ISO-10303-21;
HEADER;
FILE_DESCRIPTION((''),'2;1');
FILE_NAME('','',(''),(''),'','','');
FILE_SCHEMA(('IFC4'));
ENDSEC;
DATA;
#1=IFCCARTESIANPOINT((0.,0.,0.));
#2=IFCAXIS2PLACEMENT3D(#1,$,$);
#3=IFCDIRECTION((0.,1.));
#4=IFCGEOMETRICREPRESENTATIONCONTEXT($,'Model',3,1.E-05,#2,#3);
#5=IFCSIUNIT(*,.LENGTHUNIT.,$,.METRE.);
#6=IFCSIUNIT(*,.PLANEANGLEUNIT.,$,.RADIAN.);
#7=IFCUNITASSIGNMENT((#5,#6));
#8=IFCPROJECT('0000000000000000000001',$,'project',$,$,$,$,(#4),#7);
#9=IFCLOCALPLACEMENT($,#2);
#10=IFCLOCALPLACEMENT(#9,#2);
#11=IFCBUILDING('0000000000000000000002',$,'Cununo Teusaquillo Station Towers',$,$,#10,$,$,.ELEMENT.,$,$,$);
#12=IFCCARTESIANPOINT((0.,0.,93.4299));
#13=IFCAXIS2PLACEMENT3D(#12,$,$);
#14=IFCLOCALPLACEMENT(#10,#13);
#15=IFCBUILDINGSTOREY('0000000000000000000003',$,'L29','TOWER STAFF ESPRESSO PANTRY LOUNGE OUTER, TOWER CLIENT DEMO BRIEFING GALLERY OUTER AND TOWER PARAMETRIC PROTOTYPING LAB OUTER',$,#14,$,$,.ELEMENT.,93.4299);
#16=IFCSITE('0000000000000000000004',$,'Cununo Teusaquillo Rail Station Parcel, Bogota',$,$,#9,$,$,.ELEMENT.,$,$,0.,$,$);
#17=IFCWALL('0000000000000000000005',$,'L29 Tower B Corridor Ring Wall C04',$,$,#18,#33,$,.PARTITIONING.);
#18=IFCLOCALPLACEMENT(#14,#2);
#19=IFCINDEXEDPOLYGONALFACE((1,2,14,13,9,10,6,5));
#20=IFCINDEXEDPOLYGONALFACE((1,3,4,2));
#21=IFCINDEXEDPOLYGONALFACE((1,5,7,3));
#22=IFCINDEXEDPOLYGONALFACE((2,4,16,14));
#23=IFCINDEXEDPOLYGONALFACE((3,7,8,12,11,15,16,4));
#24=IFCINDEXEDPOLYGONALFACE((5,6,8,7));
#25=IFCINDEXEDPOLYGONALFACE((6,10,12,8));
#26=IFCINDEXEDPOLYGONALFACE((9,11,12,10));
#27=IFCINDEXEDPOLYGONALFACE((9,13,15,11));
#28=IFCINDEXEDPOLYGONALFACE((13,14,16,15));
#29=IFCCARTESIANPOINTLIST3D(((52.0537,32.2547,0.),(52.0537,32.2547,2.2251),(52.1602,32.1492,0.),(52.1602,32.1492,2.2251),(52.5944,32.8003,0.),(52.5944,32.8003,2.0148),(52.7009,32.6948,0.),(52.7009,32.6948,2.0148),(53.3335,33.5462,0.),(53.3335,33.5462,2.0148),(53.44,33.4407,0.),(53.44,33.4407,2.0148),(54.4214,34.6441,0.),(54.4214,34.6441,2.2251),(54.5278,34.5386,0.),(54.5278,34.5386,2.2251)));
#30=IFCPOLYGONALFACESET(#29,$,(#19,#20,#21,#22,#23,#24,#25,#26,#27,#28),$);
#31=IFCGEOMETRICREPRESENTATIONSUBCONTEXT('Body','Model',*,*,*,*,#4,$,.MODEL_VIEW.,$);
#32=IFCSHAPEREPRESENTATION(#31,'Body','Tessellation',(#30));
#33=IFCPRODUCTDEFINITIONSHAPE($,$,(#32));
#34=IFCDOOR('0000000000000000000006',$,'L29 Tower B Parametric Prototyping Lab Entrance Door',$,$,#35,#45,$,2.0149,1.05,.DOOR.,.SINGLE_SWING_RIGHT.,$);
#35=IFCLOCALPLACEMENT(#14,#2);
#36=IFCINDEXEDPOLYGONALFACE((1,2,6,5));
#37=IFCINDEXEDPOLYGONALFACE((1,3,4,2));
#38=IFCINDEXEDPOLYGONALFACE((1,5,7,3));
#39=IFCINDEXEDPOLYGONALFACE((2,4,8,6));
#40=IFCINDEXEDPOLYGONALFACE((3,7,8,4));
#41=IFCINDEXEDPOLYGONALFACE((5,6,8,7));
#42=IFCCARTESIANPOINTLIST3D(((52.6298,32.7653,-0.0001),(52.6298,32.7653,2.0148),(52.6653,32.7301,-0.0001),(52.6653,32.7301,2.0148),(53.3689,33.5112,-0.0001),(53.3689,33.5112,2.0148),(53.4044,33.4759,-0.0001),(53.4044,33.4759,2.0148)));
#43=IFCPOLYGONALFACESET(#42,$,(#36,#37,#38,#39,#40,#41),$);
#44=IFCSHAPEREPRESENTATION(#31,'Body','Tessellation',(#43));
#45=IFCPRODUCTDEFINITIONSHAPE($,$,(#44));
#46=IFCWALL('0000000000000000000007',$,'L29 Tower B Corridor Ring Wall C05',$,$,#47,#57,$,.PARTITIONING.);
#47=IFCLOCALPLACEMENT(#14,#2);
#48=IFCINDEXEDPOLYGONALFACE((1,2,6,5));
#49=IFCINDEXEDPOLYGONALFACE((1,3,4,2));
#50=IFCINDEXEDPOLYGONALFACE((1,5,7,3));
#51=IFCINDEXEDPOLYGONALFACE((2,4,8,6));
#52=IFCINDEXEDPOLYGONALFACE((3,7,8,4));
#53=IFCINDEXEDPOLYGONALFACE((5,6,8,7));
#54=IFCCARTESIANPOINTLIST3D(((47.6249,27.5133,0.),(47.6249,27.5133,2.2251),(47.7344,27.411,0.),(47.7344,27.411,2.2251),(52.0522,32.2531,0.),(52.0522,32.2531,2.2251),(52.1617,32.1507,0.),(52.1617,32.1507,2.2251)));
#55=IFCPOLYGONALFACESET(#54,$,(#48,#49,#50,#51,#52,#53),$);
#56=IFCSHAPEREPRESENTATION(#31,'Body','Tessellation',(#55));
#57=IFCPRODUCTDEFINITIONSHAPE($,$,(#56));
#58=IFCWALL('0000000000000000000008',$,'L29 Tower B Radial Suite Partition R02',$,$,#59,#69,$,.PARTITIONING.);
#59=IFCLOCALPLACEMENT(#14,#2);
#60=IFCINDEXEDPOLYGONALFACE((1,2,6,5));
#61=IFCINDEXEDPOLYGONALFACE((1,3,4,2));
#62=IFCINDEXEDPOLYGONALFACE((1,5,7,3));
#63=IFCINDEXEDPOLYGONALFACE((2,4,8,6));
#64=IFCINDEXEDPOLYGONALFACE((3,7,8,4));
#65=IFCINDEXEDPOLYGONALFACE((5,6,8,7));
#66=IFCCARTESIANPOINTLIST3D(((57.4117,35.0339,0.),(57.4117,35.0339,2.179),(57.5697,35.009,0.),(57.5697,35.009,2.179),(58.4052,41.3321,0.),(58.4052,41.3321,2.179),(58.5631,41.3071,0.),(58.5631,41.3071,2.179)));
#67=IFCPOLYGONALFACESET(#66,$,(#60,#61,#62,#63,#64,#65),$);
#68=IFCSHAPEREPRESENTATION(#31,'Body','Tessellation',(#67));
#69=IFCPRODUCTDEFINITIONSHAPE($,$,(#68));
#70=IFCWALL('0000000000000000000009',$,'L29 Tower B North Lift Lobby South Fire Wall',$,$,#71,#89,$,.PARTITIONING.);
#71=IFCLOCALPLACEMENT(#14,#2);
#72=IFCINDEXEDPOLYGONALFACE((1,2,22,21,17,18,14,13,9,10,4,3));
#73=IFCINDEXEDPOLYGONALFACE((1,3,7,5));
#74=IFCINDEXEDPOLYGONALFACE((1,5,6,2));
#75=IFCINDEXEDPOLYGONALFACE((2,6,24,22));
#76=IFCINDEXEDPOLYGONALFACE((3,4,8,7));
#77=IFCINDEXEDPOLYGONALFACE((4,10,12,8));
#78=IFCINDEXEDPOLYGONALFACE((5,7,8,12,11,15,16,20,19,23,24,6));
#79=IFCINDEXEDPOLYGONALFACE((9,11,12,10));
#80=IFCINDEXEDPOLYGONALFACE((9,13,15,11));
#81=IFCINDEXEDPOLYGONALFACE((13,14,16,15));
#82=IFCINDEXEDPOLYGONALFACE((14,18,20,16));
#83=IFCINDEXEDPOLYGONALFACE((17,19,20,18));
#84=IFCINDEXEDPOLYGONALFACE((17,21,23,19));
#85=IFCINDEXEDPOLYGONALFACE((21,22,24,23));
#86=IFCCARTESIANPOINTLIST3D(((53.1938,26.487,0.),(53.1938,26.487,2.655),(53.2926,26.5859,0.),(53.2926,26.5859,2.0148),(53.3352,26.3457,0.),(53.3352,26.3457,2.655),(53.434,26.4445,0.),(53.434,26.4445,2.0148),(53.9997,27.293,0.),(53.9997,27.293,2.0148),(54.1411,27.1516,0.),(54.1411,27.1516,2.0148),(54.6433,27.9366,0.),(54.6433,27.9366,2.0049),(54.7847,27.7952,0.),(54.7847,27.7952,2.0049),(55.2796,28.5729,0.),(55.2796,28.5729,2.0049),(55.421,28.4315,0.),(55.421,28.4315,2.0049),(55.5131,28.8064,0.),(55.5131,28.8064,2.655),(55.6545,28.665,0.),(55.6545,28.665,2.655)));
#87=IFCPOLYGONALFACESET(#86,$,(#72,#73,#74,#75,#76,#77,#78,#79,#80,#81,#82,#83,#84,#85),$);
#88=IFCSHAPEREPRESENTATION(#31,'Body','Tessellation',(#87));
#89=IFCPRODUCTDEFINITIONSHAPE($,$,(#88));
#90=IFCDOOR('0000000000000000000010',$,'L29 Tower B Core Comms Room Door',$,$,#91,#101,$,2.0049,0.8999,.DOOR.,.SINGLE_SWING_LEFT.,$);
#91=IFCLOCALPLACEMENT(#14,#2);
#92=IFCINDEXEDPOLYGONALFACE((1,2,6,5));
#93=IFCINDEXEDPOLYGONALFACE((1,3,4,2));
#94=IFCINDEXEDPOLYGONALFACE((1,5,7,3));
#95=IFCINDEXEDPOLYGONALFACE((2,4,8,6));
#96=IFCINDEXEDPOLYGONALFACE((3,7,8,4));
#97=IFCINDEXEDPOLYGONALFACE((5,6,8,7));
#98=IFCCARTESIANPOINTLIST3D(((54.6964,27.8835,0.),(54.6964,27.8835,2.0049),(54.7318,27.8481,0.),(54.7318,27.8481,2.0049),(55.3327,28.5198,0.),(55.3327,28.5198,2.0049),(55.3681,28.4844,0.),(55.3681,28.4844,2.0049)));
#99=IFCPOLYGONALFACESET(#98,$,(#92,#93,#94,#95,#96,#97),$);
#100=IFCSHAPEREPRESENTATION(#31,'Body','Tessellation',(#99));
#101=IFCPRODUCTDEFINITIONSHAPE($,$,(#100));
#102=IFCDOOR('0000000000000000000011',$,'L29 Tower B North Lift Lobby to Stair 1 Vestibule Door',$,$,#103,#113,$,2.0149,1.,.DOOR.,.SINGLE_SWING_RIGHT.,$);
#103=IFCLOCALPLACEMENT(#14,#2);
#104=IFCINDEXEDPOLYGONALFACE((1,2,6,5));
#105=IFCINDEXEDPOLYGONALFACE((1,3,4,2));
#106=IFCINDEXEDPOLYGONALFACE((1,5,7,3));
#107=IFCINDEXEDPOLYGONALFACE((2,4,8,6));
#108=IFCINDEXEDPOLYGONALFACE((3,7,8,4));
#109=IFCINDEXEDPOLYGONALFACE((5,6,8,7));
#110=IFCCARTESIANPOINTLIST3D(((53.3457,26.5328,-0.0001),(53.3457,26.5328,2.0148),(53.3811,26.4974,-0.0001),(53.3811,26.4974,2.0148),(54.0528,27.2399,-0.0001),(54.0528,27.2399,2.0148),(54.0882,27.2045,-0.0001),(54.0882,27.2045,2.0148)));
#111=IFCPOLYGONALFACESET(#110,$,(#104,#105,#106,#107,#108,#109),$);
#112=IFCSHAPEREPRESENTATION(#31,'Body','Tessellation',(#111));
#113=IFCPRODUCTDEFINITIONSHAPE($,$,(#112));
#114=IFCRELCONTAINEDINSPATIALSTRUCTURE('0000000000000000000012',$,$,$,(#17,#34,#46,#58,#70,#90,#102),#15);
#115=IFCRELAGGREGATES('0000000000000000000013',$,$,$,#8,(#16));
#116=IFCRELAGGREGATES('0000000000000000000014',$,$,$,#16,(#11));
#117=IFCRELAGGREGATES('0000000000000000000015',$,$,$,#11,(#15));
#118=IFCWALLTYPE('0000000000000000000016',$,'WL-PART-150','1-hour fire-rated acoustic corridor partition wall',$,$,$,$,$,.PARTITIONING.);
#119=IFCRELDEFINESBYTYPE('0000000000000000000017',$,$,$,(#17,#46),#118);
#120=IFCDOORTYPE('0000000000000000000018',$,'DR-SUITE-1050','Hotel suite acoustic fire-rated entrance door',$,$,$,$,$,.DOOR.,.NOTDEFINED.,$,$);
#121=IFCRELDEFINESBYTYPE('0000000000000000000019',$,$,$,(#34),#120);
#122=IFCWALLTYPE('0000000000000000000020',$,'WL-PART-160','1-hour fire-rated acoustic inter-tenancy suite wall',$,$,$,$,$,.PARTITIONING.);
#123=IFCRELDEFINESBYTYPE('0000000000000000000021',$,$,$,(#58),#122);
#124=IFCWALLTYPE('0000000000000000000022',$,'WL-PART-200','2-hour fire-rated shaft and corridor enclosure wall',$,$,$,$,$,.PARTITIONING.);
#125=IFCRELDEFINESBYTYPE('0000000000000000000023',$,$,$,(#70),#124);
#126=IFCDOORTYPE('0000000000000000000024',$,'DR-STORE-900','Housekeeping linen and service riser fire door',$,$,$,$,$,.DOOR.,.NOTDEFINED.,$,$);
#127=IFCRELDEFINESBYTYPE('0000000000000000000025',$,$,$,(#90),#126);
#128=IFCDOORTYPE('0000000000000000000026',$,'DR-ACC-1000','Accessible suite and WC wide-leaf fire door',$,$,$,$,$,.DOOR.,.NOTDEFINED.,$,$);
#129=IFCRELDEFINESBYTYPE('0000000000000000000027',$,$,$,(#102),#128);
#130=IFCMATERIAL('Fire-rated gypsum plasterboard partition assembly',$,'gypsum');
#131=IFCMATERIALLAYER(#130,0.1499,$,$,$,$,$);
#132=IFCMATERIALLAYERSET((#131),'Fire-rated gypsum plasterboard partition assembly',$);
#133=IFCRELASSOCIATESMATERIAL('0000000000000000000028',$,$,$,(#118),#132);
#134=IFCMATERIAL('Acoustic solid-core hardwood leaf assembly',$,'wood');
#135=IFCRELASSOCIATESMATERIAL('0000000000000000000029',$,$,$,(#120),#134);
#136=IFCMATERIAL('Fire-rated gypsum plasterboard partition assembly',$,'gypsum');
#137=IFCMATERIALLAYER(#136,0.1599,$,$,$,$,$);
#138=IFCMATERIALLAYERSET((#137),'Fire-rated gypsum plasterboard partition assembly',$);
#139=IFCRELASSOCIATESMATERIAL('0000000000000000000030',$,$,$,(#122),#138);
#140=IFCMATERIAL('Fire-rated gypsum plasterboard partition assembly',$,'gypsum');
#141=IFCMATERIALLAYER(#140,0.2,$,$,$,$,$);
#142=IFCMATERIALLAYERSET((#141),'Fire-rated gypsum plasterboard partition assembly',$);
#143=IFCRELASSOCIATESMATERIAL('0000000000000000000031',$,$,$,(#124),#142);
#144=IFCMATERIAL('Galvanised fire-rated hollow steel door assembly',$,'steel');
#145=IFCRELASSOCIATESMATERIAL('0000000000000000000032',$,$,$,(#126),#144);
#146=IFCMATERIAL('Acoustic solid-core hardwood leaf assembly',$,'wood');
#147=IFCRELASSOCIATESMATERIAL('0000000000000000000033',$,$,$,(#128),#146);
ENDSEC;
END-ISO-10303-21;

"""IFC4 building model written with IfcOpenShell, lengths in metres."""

from ifc_helpers import new_model, si_unit, direction, frame, frame_2d, origin, place, context, subcontext, project, spatial, rectangle, extrude, source, transform, mapped, material, layer, layer_set, type_object, element, fill, save


model = new_model("IFC4")

# Units and contexts
model_context = context("Model", 3, precision=1e-05, world=origin(), true_north=direction((0.0, 1.0)))
body_context = subcontext(model_context, "Body", "Model", "MODEL_VIEW")
ifc_project = project(units=[si_unit("LENGTHUNIT", "METRE"), si_unit("PLANEANGLEUNIT", "RADIAN")], contexts=[model_context])

# Site, building, storey
site_placement = place(None, origin())
site = spatial("IfcSite", under=ifc_project, at=site_placement, Name="Cununo Teusaquillo Rail Station Parcel, Bogota", CompositionType="ELEMENT", RefElevation=0.0)
building_placement = place(site_placement, origin())
building = spatial("IfcBuilding", under=site, at=building_placement, Name="Cununo Teusaquillo Station Towers", CompositionType="ELEMENT")
storey_placement = place(building_placement, frame((0.0, 0.0, 93.4299)))
storey = spatial("IfcBuildingStorey", under=building, at=storey_placement, Name="L29", Description="TOWER STAFF ESPRESSO PANTRY LOUNGE OUTER, TOWER CLIENT DEMO BRIEFING GALLERY OUTER AND TOWER PARAMETRIC PROTOTYPING LAB OUTER", CompositionType="ELEMENT", Elevation=93.4299)

# Shared definitions
shared_shape_1 = source(origin(), body_context, "Body", "SweptSolid", [
    extrude(rectangle(XDim=0.8999, YDim=2.0049, at=frame_2d((0.45, 1.0024))), frame((0.0, 0.0249, 0.0), z_axis=(0.0, -1.0, 0.0), x_axis=(1.0, 0.0, 0.0)), (0.0, 0.0, 1.0), 0.05),
])

# Shared definitions
ifc_material_1 = material(Name="Fire-rated gypsum plasterboard partition assembly", Category="gypsum")
ifc_layer_1 = layer(ifc_material_1, 0.1499)
ifc_layer_set_1 = layer_set([ifc_layer_1], Name="Fire-rated gypsum plasterboard partition assembly")
wall_type_1 = type_object("IfcWallType", Name="WL-PART-150", Description="1-hour fire-rated acoustic corridor partition wall", PredefinedType="PARTITIONING", material=ifc_layer_set_1)

# Wall, opening, door
wall_1_placement = place(storey_placement, frame((54.4746, 34.5913, 0.0), z_axis=(0.0, 0.0, 1.0), x_axis=(-0.70387, -0.710329, 0.0)))
wall_1 = element("IfcWall", 1, at=wall_1_placement, inside=storey, type_object=wall_type_1, Name="L29 Tower B Corridor Ring Wall C04", PredefinedType="PARTITIONING", context=body_context, shape_type="SweptSolid", body=[
    extrude(rectangle(XDim=3.3638, YDim=0.1499, at=frame_2d((1.6819, 0.0))), origin(), (0.0, 0.0, 1.0), 2.2251),
])
shared_shape_2 = source(origin(), body_context, "Body", "SweptSolid", [
    extrude(rectangle(XDim=1.05, YDim=2.0149, at=frame_2d((0.5249, 1.0073))), frame((0.0, 0.085, 0.0), z_axis=(0.0, -1.0, 0.0), x_axis=(1.0, 0.0, 0.0)), (0.0, 0.0, 1.0), 0.1699),
])
opening_1_placement = place(wall_1_placement, frame((1.5457, 0.0, 0.0)))
opening_1 = element("IfcOpeningElement", 2, at=opening_1_placement, cuts=wall_1, PredefinedType="OPENING", context=body_context, shape_type="MappedRepresentation", body=[
    mapped(shared_shape_2, transform((0.0, 0.0, 0.0), x_axis=(1.0, 0.0, 0.0), y_axis=(0.0, 1.0, 0.0), z_axis=(0.0, 0.0, 1.0), scale=1.0)),
])
ifc_material_2 = material(Name="Acoustic solid-core hardwood leaf assembly", Category="wood")
door_type_1 = type_object("IfcDoorType", Name="DR-SUITE-1050", Description="Hotel suite acoustic fire-rated entrance door", OperationType="NOTDEFINED", PredefinedType="DOOR", material=ifc_material_2)
shared_shape_3 = source(origin(), body_context, "Body", "SweptSolid", [
    extrude(rectangle(XDim=1.05, YDim=2.0149, at=frame_2d((0.5249, 1.0073))), frame((0.0, 0.0249, 0.0), z_axis=(0.0, -1.0, 0.0), x_axis=(1.0, 0.0, 0.0)), (0.0, 0.0, 1.0), 0.05),
])
door_1_placement = place(opening_1_placement, origin())
door_1 = element("IfcDoor", 3, at=door_1_placement, inside=storey, type_object=door_type_1, Name="L29 Tower B Parametric Prototyping Lab Entrance Door", OperationType="SINGLE_SWING_RIGHT", OverallHeight=2.0149, OverallWidth=1.05, PredefinedType="DOOR", context=body_context, shape_type="MappedRepresentation", body=[
    mapped(shared_shape_3, transform((0.0, 0.0, 0.0), x_axis=(1.0, 0.0, 0.0), y_axis=(0.0, 1.0, 0.0), z_axis=(0.0, 0.0, 1.0), scale=1.0)),
])
fill(opening_1, door_1)

# Walls
wall_2_placement = place(storey_placement, frame((52.1069, 32.2019, 0.0), z_axis=(0.0, 0.0, 1.0), x_axis=(-0.682605, -0.730787, 0.0)))
element("IfcWall", 4, at=wall_2_placement, inside=storey, type_object=wall_type_1, Name="L29 Tower B Corridor Ring Wall C05", PredefinedType="PARTITIONING", context=body_context, shape_type="SweptSolid", body=[
    extrude(rectangle(XDim=6.4858, YDim=0.1499, at=frame_2d((3.2429, 0.0))), origin(), (0.0, 0.0, 1.0), 2.2251),
])
ifc_material_3 = material(Name="Fire-rated gypsum plasterboard partition assembly", Category="gypsum")
ifc_layer_2 = layer(ifc_material_3, 0.1599)
ifc_layer_set_2 = layer_set([ifc_layer_2], Name="Fire-rated gypsum plasterboard partition assembly")
wall_type_2 = type_object("IfcWallType", Name="WL-PART-160", Description="1-hour fire-rated acoustic inter-tenancy suite wall", PredefinedType="PARTITIONING", material=ifc_layer_set_2)
wall_3_placement = place(storey_placement, frame((57.4907, 35.0215, 0.0), z_axis=(0.0, 0.0, 1.0), x_axis=(0.155805, 0.987788, 0.0)))
element("IfcWall", 5, at=wall_3_placement, inside=storey, type_object=wall_type_2, Name="L29 Tower B Radial Suite Partition R02", PredefinedType="PARTITIONING", context=body_context, shape_type="SweptSolid", body=[
    extrude(rectangle(XDim=6.376, YDim=0.1599, at=frame_2d((3.188, 0.0))), origin(), (0.0, 0.0, 1.0), 2.179),
])

# Wall, openings, doors
ifc_material_4 = material(Name="Fire-rated gypsum plasterboard partition assembly", Category="gypsum")
ifc_layer_3 = layer(ifc_material_4, 0.2)
ifc_layer_set_3 = layer_set([ifc_layer_3], Name="Fire-rated gypsum plasterboard partition assembly")
wall_type_3 = type_object("IfcWallType", Name="WL-PART-200", Description="2-hour fire-rated shaft and corridor enclosure wall", PredefinedType="PARTITIONING", material=ifc_layer_set_3)
wall_4_placement = place(storey_placement, frame((53.2644, 26.4163, 0.0), z_axis=(0.0, 0.0, 1.0), x_axis=(0.707107, 0.707107, 0.0)))
wall_4 = element("IfcWall", 6, at=wall_4_placement, inside=storey, type_object=wall_type_3, Name="L29 Tower B North Lift Lobby South Fire Wall", PredefinedType="PARTITIONING", context=body_context, shape_type="SweptSolid", body=[
    extrude(rectangle(XDim=3.28, YDim=0.2, at=frame_2d((1.6401, 0.0))), origin(), (0.0, 0.0, 1.0), 2.655),
])
shared_shape_4 = source(origin(), body_context, "Body", "SweptSolid", [
    extrude(rectangle(XDim=1.0, YDim=2.0149, at=frame_2d((0.5, 1.0073))), frame((0.0, 0.1099, 0.0), z_axis=(0.0, -1.0, 0.0), x_axis=(1.0, 0.0, 0.0)), (0.0, 0.0, 1.0), 0.22),
])
opening_2_placement = place(wall_4_placement, frame((0.1399, 0.0, 0.0)))
opening_2 = element("IfcOpeningElement", 7, at=opening_2_placement, cuts=wall_4, PredefinedType="OPENING", context=body_context, shape_type="MappedRepresentation", body=[
    mapped(shared_shape_4, transform((0.0, 0.0, 0.0), x_axis=(1.0, 0.0, 0.0), y_axis=(0.0, 1.0, 0.0), z_axis=(0.0, 0.0, 1.0), scale=1.0)),
])
shared_shape_5 = source(origin(), body_context, "Body", "SweptSolid", [
    extrude(rectangle(XDim=0.8999, YDim=2.0049, at=frame_2d((0.45, 1.0024))), frame((0.0, 0.1099, 0.0), z_axis=(0.0, -1.0, 0.0), x_axis=(1.0, 0.0, 0.0)), (0.0, 0.0, 1.0), 0.22),
])
opening_3_placement = place(wall_4_placement, frame((2.05, 0.0, 0.0)))
opening_3 = element("IfcOpeningElement", 8, at=opening_3_placement, cuts=wall_4, PredefinedType="OPENING", context=body_context, shape_type="MappedRepresentation", body=[
    mapped(shared_shape_5, transform((0.0, 0.0, 0.0), x_axis=(1.0, 0.0, 0.0), y_axis=(0.0, 1.0, 0.0), z_axis=(0.0, 0.0, 1.0), scale=1.0)),
])
ifc_material_5 = material(Name="Galvanised fire-rated hollow steel door assembly", Category="steel")
door_type_2 = type_object("IfcDoorType", Name="DR-STORE-900", Description="Housekeeping linen and service riser fire door", OperationType="NOTDEFINED", PredefinedType="DOOR", material=ifc_material_5)
door_2_placement = place(opening_3_placement, origin())
door_2 = element("IfcDoor", 9, at=door_2_placement, inside=storey, type_object=door_type_2, Name="L29 Tower B Core Comms Room Door", OperationType="SINGLE_SWING_LEFT", OverallHeight=2.0049, OverallWidth=0.8999, PredefinedType="DOOR", context=body_context, shape_type="MappedRepresentation", body=[
    mapped(shared_shape_1, transform((0.0, 0.0, 0.0), x_axis=(1.0, 0.0, 0.0), y_axis=(0.0, 1.0, 0.0), z_axis=(0.0, 0.0, 1.0), scale=1.0)),
])
fill(opening_3, door_2)
ifc_material_6 = material(Name="Acoustic solid-core hardwood leaf assembly", Category="wood")
door_type_3 = type_object("IfcDoorType", Name="DR-ACC-1000", Description="Accessible suite and WC wide-leaf fire door", OperationType="NOTDEFINED", PredefinedType="DOOR", material=ifc_material_6)
shared_shape_6 = source(origin(), body_context, "Body", "SweptSolid", [
    extrude(rectangle(XDim=1.0, YDim=2.0149, at=frame_2d((0.5, 1.0073))), frame((0.0, 0.0249, 0.0), z_axis=(0.0, -1.0, 0.0), x_axis=(1.0, 0.0, 0.0)), (0.0, 0.0, 1.0), 0.05),
])
door_3_placement = place(opening_2_placement, origin())
door_3 = element("IfcDoor", 10, at=door_3_placement, inside=storey, type_object=door_type_3, Name="L29 Tower B North Lift Lobby to Stair 1 Vestibule Door", OperationType="SINGLE_SWING_RIGHT", OverallHeight=2.0149, OverallWidth=1.0, PredefinedType="DOOR", context=body_context, shape_type="MappedRepresentation", body=[
    mapped(shared_shape_6, transform((0.0, 0.0, 0.0), x_axis=(1.0, 0.0, 0.0), y_axis=(0.0, 1.0, 0.0), z_axis=(0.0, 0.0, 1.0), scale=1.0)),
])
fill(opening_2, door_3)

save(model, "model.ifc")
